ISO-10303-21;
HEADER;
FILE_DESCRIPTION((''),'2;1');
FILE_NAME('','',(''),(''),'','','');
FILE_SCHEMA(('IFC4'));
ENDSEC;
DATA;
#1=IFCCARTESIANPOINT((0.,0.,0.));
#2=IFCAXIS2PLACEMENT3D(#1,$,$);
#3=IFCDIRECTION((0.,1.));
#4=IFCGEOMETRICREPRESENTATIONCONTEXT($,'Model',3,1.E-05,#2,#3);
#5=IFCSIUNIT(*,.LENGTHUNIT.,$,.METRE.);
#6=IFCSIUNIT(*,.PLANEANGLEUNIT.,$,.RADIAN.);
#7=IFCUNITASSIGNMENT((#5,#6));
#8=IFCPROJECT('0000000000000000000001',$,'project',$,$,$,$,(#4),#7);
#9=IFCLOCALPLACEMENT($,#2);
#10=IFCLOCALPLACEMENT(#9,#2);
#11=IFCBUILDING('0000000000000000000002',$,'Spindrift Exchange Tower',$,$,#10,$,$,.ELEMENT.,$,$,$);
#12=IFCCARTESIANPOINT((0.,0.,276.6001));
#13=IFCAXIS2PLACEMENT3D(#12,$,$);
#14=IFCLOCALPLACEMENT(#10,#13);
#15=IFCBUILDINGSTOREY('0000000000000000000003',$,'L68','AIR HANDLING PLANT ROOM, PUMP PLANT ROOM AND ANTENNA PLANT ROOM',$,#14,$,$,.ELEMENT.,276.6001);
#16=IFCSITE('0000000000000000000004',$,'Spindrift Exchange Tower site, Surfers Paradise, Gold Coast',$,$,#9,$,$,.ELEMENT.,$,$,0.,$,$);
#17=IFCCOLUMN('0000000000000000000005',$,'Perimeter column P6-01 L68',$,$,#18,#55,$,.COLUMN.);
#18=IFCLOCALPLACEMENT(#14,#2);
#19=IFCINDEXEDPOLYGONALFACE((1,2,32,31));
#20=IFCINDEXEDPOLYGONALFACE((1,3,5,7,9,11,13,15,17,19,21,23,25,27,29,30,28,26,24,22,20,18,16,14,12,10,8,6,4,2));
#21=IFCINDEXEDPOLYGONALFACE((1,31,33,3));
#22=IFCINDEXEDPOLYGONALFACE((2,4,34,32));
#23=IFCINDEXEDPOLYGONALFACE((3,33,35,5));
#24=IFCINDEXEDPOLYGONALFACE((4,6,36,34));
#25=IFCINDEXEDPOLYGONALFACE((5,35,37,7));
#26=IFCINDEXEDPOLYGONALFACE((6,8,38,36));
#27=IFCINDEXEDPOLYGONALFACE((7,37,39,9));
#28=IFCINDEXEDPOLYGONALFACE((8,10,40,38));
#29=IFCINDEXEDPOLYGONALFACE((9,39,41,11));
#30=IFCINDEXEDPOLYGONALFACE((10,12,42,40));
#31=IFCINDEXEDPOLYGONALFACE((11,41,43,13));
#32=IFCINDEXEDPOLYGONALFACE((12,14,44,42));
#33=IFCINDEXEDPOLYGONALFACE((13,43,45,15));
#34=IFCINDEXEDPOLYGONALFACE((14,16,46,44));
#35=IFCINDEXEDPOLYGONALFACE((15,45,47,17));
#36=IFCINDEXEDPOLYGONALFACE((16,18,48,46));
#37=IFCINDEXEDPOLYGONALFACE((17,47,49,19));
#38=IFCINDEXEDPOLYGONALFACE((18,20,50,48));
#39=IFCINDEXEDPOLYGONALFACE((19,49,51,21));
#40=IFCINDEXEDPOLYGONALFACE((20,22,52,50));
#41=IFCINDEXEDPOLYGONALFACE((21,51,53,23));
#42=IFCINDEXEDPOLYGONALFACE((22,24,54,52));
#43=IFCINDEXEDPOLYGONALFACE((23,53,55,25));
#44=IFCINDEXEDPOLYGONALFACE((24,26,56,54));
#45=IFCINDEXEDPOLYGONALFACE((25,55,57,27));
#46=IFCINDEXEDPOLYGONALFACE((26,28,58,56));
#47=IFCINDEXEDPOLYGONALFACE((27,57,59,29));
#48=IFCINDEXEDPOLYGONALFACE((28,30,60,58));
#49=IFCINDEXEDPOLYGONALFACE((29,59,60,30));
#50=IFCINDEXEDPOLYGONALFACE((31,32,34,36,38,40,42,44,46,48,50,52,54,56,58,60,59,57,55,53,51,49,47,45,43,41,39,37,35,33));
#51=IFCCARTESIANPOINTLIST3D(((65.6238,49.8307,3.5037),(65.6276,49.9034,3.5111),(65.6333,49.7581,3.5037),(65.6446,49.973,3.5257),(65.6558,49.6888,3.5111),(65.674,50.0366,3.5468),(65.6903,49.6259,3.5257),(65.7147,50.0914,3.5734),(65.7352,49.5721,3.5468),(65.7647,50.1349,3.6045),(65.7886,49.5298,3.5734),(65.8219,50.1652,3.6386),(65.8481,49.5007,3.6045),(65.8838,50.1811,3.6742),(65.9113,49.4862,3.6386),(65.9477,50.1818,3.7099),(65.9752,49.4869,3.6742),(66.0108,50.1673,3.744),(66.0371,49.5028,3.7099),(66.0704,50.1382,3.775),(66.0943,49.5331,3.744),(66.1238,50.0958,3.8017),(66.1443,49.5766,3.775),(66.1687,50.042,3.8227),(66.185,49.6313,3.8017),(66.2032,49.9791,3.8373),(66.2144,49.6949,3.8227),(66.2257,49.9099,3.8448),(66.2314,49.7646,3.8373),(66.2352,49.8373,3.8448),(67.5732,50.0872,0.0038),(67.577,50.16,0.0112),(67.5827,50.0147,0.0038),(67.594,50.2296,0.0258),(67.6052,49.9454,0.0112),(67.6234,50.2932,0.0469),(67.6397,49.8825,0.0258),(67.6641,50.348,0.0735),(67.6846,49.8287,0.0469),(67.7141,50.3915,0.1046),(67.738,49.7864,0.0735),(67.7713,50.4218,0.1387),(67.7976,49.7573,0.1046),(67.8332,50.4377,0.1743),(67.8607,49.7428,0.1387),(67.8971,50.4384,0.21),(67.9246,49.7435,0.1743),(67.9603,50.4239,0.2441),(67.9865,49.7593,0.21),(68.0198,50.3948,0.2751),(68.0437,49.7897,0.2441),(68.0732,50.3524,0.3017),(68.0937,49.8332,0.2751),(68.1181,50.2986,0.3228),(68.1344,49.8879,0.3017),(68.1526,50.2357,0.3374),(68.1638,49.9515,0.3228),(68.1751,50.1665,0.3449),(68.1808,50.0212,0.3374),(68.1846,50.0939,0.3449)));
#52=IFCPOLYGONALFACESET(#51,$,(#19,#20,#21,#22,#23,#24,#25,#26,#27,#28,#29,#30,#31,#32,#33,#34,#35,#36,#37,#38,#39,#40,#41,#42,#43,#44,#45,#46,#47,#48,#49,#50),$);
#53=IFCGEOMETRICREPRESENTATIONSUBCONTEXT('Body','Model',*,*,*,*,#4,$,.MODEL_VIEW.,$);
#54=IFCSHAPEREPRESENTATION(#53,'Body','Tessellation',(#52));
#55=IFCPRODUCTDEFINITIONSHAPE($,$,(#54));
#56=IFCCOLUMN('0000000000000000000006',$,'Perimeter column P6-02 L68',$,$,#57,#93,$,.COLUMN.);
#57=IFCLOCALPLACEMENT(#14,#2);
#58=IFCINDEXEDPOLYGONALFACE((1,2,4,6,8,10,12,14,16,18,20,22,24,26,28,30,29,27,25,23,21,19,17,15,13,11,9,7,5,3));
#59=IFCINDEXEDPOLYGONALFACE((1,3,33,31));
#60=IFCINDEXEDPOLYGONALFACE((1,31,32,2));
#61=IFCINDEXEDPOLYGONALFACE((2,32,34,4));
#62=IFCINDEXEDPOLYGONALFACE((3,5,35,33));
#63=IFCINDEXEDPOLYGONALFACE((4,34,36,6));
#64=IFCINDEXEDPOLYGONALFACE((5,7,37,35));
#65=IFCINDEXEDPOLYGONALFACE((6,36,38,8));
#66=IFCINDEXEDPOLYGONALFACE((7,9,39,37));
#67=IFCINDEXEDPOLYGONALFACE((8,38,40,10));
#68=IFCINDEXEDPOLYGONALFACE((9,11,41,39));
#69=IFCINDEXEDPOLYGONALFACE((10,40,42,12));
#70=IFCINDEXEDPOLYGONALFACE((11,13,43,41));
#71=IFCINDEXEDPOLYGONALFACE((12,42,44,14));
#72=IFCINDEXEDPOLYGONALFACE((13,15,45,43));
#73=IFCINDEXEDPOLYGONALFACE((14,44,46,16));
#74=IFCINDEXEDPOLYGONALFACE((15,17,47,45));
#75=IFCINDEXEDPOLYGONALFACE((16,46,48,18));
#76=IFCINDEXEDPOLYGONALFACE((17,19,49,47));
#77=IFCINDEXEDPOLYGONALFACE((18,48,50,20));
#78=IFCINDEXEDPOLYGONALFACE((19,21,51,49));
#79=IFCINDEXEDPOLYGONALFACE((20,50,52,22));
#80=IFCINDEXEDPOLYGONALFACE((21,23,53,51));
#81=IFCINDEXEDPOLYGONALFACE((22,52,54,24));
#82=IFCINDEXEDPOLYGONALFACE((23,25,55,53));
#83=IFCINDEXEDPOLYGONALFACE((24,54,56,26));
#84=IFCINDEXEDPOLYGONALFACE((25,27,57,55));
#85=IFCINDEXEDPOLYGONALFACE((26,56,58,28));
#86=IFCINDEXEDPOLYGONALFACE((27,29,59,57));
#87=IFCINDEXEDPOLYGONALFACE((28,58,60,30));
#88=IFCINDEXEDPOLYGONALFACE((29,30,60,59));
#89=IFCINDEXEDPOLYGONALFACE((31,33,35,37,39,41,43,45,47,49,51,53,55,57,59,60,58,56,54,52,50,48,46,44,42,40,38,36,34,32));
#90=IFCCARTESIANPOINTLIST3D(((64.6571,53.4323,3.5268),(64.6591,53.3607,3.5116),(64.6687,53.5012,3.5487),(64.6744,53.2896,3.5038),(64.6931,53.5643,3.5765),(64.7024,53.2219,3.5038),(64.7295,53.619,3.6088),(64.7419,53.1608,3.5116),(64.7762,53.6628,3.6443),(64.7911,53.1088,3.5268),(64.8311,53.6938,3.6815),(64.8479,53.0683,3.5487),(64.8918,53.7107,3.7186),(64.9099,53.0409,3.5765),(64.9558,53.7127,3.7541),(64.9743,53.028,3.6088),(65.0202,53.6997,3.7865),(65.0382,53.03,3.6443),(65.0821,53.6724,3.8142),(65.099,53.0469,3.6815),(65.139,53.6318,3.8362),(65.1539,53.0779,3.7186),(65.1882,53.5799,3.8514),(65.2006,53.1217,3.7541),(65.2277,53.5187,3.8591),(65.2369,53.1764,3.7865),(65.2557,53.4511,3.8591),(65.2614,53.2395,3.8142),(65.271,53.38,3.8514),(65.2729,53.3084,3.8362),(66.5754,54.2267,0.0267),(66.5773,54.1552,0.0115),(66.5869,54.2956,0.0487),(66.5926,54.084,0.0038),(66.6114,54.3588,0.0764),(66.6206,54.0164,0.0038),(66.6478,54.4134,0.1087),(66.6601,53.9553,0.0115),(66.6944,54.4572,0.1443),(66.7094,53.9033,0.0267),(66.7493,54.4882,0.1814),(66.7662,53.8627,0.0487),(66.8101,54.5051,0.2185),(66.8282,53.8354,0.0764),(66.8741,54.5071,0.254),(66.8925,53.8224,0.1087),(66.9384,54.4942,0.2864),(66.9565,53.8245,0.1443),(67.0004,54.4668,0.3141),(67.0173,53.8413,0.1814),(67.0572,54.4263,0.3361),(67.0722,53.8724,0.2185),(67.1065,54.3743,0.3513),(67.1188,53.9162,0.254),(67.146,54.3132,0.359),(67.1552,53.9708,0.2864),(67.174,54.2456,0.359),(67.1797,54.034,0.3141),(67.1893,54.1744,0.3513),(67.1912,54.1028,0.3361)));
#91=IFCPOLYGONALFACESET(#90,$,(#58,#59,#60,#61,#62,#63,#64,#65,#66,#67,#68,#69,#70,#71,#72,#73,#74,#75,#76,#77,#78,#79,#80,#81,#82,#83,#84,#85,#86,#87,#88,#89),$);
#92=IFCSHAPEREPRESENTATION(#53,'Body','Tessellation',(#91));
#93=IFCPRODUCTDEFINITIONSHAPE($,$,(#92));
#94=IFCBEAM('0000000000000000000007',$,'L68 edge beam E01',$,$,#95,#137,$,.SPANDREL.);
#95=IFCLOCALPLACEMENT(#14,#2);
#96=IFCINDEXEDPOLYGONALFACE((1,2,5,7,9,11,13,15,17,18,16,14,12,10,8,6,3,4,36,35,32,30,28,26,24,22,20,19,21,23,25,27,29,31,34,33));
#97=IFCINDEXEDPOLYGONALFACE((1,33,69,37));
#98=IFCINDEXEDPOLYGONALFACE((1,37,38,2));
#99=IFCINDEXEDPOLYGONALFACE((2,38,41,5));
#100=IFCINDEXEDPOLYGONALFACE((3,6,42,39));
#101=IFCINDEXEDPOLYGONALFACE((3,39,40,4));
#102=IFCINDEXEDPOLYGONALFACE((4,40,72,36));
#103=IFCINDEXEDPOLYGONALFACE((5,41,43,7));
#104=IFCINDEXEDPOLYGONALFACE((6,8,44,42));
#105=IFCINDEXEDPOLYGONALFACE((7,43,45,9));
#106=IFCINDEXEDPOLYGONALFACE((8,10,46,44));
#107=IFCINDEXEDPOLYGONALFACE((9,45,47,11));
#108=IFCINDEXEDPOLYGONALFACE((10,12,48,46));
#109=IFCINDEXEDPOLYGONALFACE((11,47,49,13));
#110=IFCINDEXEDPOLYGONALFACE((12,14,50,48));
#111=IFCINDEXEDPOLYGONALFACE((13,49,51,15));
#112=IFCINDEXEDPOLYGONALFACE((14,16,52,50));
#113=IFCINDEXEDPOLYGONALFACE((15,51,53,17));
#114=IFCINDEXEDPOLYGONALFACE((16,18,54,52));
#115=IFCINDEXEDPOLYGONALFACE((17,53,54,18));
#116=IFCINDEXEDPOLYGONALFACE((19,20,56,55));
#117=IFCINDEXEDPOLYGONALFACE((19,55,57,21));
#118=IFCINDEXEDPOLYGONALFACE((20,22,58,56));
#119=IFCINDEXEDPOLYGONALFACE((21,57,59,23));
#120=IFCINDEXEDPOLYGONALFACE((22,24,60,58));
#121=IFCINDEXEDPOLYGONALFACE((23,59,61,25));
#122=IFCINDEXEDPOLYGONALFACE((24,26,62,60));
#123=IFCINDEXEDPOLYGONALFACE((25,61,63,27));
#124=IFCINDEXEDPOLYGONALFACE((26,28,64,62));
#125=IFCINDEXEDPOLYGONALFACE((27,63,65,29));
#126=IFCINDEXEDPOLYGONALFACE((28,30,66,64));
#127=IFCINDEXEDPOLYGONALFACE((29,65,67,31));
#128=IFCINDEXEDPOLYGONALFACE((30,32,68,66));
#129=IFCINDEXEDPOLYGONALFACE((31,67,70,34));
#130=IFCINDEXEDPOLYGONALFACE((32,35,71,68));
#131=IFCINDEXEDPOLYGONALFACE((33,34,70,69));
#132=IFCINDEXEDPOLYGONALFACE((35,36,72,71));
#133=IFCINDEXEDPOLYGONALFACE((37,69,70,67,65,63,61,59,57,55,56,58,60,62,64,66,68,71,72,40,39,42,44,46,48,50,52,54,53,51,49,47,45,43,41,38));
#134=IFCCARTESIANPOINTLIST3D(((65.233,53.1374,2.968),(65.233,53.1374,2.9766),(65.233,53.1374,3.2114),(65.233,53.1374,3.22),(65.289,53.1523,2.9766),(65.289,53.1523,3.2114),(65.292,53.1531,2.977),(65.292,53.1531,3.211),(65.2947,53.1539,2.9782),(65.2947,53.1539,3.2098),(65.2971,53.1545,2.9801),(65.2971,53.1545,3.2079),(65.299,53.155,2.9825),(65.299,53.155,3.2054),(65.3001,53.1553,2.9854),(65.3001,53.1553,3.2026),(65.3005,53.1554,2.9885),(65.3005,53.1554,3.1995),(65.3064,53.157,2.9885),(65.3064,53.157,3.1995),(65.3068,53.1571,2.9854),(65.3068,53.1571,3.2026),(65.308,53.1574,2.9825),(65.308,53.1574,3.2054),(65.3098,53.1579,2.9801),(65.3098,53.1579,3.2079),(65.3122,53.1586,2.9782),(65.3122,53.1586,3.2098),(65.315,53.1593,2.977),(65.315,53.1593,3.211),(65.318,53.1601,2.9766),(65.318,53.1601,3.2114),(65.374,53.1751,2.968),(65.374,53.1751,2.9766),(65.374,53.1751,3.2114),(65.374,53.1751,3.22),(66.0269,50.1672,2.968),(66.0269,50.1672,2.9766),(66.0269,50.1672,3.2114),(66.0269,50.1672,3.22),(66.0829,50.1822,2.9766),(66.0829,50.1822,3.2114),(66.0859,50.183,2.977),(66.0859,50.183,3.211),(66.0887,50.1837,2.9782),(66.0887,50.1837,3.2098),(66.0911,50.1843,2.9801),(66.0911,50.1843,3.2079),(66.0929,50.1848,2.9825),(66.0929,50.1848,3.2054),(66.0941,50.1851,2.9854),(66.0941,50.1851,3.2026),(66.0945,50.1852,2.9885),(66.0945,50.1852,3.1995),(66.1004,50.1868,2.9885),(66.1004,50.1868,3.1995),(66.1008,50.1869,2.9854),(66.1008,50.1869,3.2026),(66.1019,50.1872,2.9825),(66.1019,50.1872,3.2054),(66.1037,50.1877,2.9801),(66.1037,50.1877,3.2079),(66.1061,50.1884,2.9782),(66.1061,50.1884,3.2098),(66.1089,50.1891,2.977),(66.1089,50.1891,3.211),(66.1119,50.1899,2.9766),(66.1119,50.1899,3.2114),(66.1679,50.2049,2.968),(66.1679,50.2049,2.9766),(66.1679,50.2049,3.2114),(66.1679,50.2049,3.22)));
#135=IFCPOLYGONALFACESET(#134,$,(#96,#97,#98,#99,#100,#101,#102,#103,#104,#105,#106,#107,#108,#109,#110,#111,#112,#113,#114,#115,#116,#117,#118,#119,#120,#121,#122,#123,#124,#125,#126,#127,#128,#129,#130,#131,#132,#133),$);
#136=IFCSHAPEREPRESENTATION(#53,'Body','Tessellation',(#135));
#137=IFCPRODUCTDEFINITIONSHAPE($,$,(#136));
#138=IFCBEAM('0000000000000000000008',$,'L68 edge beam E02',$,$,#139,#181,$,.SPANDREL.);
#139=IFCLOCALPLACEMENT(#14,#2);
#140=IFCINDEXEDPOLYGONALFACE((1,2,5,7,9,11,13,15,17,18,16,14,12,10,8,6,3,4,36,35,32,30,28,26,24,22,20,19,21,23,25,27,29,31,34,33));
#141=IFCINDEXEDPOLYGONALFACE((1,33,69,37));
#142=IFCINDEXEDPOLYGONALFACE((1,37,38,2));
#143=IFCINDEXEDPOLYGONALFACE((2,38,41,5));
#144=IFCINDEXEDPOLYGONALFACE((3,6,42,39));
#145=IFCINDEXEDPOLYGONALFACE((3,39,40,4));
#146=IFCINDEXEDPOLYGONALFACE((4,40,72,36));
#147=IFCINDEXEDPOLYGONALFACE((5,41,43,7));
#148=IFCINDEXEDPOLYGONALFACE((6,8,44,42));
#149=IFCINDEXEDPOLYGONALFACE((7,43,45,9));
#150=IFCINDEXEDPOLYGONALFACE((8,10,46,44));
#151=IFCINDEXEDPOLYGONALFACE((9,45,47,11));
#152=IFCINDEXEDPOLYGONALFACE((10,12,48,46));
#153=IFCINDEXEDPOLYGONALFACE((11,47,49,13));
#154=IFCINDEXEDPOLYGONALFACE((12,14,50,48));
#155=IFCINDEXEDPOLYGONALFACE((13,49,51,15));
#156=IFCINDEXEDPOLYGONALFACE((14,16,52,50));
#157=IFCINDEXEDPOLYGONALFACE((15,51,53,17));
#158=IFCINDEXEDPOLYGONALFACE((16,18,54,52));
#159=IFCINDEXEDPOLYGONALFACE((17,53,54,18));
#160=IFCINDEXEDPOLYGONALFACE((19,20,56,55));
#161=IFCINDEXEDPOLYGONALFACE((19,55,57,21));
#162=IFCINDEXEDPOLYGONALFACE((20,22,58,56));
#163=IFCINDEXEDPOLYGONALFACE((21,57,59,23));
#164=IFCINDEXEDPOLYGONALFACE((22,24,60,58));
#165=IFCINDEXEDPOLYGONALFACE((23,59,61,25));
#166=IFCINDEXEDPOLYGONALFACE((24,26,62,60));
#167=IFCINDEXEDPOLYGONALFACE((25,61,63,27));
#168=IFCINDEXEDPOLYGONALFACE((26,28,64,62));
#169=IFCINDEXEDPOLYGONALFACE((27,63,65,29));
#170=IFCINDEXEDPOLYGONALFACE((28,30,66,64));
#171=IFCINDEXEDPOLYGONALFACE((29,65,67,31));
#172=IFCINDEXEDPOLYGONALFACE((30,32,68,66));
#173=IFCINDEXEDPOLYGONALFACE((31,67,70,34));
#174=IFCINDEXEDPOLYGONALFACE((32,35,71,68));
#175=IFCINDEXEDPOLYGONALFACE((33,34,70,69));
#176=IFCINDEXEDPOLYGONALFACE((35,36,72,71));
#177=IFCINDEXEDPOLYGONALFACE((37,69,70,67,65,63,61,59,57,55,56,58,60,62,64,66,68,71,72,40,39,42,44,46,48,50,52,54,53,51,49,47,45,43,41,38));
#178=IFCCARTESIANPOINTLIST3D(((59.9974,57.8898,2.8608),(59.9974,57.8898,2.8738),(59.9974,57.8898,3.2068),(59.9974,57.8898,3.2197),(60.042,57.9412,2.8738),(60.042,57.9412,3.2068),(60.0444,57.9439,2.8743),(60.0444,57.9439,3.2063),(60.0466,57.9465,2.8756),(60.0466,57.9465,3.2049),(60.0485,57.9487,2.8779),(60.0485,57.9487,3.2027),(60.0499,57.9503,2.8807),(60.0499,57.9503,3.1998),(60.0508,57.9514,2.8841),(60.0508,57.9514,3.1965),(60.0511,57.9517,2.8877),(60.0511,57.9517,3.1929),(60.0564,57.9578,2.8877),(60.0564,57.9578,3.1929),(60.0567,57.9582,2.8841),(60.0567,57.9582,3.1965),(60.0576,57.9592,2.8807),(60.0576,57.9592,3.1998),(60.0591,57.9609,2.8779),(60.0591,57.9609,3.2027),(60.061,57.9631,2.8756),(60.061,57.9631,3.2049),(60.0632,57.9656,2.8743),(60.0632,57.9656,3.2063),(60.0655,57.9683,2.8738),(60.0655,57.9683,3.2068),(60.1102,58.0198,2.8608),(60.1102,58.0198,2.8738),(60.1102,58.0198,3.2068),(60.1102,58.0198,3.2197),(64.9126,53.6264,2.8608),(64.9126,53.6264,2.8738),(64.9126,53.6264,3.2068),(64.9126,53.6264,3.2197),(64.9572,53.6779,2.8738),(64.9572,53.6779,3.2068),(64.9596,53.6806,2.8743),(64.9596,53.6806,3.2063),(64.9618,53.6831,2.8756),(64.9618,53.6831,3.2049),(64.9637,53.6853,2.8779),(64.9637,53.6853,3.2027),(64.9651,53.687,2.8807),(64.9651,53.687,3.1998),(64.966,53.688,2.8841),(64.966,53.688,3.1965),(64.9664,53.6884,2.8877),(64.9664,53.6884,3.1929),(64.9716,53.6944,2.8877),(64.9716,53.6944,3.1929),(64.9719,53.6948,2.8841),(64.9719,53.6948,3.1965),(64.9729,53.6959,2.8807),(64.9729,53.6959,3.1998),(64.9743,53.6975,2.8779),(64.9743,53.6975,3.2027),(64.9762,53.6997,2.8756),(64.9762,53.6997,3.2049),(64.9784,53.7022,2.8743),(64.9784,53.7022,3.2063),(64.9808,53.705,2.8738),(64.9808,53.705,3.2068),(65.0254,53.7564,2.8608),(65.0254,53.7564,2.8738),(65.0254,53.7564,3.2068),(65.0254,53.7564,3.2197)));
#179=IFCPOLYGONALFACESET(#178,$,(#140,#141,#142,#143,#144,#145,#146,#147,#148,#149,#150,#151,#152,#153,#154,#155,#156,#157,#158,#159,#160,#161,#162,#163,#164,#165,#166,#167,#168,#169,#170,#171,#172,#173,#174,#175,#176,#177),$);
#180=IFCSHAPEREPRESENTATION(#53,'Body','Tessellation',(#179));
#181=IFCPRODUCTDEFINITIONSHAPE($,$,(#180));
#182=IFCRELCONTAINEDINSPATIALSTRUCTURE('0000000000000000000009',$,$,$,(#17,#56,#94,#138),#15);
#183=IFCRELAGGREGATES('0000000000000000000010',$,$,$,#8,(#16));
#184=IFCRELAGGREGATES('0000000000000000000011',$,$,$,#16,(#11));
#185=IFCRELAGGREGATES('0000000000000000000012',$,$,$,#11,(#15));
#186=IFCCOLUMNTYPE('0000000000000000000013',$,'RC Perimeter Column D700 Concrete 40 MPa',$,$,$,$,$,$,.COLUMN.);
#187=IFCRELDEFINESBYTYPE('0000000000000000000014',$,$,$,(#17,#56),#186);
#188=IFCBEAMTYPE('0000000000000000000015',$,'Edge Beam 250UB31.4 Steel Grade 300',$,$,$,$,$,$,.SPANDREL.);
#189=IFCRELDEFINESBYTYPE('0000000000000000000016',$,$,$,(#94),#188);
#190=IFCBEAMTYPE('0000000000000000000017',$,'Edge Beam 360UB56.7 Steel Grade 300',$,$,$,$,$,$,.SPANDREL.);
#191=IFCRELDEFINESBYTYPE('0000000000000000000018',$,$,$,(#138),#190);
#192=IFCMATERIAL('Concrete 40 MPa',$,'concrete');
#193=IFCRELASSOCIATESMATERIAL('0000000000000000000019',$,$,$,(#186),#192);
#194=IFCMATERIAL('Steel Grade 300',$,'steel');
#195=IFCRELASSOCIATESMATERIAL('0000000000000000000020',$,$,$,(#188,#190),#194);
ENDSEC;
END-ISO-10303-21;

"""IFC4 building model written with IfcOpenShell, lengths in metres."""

from ifc_helpers import new_model, si_unit, direction, frame, origin, origin_2d, place, context, subcontext, project, spatial, circle, i_section, extrude, source, transform, mapped, material, material_profile, profile_set, type_object, element, save


model = new_model("IFC4")

# Units and contexts
model_context = context("Model", 3, precision=1e-05, world=origin(), true_north=direction((0.0, 1.0)))
body_context = subcontext(model_context, "Body", "Model", "MODEL_VIEW")
ifc_project = project(units=[si_unit("LENGTHUNIT", "METRE"), si_unit("PLANEANGLEUNIT", "RADIAN")], contexts=[model_context])

# Site, building, storey
site_placement = place(None, origin())
site = spatial("IfcSite", under=ifc_project, at=site_placement, Name="Spindrift Exchange Tower site, Surfers Paradise, Gold Coast", CompositionType="ELEMENT", RefElevation=0.0)
building_placement = place(site_placement, origin())
building = spatial("IfcBuilding", under=site, at=building_placement, Name="Spindrift Exchange Tower", CompositionType="ELEMENT")
storey_placement = place(building_placement, frame((0.0, 0.0, 276.6001)))
storey = spatial("IfcBuildingStorey", under=building, at=storey_placement, Name="L68", Description="AIR HANDLING PLANT ROOM, PUMP PLANT ROOM AND ANTENNA PLANT ROOM", CompositionType="ELEMENT", Elevation=276.6001)

# Columns
ifc_material_1 = material(Name="Concrete 40 MPa", Category="concrete")
ifc_material_profile_1 = material_profile(ifc_material_1, circle(Radius=0.3501, at=origin_2d()), Name="RC D700")
ifc_profile_set_1 = profile_set([ifc_material_profile_1], Name="Concrete 40 MPa")
column_type = type_object("IfcColumnType", Name="RC Perimeter Column D700 Concrete 40 MPa", PredefinedType="COLUMN", material=ifc_profile_set_1)
shared_shape_1 = source(origin(), body_context, "Body", "SweptSolid", [
    extrude(circle(Radius=0.3501, at=origin_2d()), origin(), (0.0, 0.0, 1.0), 4.0144),
])
column_1_placement = place(storey_placement, frame((67.8789, 50.0906, 0.1743), z_axis=(-0.485605, -0.063916, 0.871839), x_axis=(0.130496, -0.991449, 0.0)))
element("IfcColumn", 1, at=column_1_placement, inside=storey, type_object=column_type, Name="Perimeter column P6-01 L68", PredefinedType="COLUMN", context=body_context, shape_type="MappedRepresentation", body=[
    mapped(shared_shape_1, transform((0.0, 0.0, 0.0), scale=1.0)),
])
shared_shape_2 = source(origin(), body_context, "Body", "SweptSolid", [
    extrude(circle(Radius=0.3501, at=origin_2d()), origin(), (0.0, 0.0, 1.0), 4.0696),
])
column_2_placement = place(storey_placement, frame((66.8833, 54.1648, 0.1814), z_axis=(-0.471366, -0.195217, 0.860061), x_axis=(0.382636, -0.923899, 0.0)))
element("IfcColumn", 2, at=column_2_placement, inside=storey, type_object=column_type, Name="Perimeter column P6-02 L68", PredefinedType="COLUMN", context=body_context, shape_type="MappedRepresentation", body=[
    mapped(shared_shape_2, transform((0.0, 0.0, 0.0), scale=1.0)),
])

# Beams
ifc_material_2 = material(Name="Steel Grade 300", Category="steel")
ifc_material_profile_2 = material_profile(ifc_material_2, i_section(OverallWidth=0.146, OverallDepth=0.252, WebThickness=0.0061, FlangeThickness=0.0085, FilletRadius=0.012, at=origin_2d()), Name="250UB31.4")
ifc_profile_set_2 = profile_set([ifc_material_profile_2], Name="Steel Grade 300")
beam_type_1 = type_object("IfcBeamType", Name="Edge Beam 250UB31.4 Steel Grade 300", PredefinedType="SPANDREL", material=ifc_profile_set_2)
shared_shape_3 = source(origin(), body_context, "Body", "SweptSolid", [
    extrude(i_section(OverallWidth=0.146, OverallDepth=0.252, WebThickness=0.0061, FlangeThickness=0.0085, FilletRadius=0.012, at=origin_2d()), origin(), (0.0, 0.0, 1.0), 3.0745),
])
beam_1_placement = place(storey_placement, frame((66.0974, 50.186, 3.094), z_axis=(-0.258236, 0.966082, 0.0), x_axis=(-0.966082, -0.258236, 0.0)))
element("IfcBeam", 3, at=beam_1_placement, inside=storey, type_object=beam_type_1, Name="L68 edge beam E01", PredefinedType="SPANDREL", context=body_context, shape_type="MappedRepresentation", body=[
    mapped(shared_shape_3, transform((0.0, 0.0, 0.0), scale=1.0)),
])
ifc_material_profile_3 = material_profile(ifc_material_2, i_section(OverallWidth=0.1721, OverallDepth=0.3589, WebThickness=0.0081, FlangeThickness=0.0129, FilletRadius=0.0139, at=origin_2d()), Name="360UB56.7")
ifc_profile_set_3 = profile_set([ifc_material_profile_3], Name="Steel Grade 300")
beam_type_2 = type_object("IfcBeamType", Name="Edge Beam 360UB56.7 Steel Grade 300", PredefinedType="SPANDREL", material=ifc_profile_set_3)
shared_shape_4 = source(origin(), body_context, "Body", "SweptSolid", [
    extrude(i_section(OverallWidth=0.1721, OverallDepth=0.3589, WebThickness=0.0081, FlangeThickness=0.0129, FilletRadius=0.0139, at=origin_2d()), origin(), (0.0, 0.0, 1.0), 6.5066),
])
beam_2_placement = place(storey_placement, frame((64.969, 53.6914, 3.0403), z_axis=(-0.755422, 0.655239, 0.0), x_axis=(-0.655239, -0.755422, 0.0)))
element("IfcBeam", 4, at=beam_2_placement, inside=storey, type_object=beam_type_2, Name="L68 edge beam E02", PredefinedType="SPANDREL", context=body_context, shape_type="MappedRepresentation", body=[
    mapped(shared_shape_4, transform((0.0, 0.0, 0.0), scale=1.0)),
])

save(model, "model.ifc")
